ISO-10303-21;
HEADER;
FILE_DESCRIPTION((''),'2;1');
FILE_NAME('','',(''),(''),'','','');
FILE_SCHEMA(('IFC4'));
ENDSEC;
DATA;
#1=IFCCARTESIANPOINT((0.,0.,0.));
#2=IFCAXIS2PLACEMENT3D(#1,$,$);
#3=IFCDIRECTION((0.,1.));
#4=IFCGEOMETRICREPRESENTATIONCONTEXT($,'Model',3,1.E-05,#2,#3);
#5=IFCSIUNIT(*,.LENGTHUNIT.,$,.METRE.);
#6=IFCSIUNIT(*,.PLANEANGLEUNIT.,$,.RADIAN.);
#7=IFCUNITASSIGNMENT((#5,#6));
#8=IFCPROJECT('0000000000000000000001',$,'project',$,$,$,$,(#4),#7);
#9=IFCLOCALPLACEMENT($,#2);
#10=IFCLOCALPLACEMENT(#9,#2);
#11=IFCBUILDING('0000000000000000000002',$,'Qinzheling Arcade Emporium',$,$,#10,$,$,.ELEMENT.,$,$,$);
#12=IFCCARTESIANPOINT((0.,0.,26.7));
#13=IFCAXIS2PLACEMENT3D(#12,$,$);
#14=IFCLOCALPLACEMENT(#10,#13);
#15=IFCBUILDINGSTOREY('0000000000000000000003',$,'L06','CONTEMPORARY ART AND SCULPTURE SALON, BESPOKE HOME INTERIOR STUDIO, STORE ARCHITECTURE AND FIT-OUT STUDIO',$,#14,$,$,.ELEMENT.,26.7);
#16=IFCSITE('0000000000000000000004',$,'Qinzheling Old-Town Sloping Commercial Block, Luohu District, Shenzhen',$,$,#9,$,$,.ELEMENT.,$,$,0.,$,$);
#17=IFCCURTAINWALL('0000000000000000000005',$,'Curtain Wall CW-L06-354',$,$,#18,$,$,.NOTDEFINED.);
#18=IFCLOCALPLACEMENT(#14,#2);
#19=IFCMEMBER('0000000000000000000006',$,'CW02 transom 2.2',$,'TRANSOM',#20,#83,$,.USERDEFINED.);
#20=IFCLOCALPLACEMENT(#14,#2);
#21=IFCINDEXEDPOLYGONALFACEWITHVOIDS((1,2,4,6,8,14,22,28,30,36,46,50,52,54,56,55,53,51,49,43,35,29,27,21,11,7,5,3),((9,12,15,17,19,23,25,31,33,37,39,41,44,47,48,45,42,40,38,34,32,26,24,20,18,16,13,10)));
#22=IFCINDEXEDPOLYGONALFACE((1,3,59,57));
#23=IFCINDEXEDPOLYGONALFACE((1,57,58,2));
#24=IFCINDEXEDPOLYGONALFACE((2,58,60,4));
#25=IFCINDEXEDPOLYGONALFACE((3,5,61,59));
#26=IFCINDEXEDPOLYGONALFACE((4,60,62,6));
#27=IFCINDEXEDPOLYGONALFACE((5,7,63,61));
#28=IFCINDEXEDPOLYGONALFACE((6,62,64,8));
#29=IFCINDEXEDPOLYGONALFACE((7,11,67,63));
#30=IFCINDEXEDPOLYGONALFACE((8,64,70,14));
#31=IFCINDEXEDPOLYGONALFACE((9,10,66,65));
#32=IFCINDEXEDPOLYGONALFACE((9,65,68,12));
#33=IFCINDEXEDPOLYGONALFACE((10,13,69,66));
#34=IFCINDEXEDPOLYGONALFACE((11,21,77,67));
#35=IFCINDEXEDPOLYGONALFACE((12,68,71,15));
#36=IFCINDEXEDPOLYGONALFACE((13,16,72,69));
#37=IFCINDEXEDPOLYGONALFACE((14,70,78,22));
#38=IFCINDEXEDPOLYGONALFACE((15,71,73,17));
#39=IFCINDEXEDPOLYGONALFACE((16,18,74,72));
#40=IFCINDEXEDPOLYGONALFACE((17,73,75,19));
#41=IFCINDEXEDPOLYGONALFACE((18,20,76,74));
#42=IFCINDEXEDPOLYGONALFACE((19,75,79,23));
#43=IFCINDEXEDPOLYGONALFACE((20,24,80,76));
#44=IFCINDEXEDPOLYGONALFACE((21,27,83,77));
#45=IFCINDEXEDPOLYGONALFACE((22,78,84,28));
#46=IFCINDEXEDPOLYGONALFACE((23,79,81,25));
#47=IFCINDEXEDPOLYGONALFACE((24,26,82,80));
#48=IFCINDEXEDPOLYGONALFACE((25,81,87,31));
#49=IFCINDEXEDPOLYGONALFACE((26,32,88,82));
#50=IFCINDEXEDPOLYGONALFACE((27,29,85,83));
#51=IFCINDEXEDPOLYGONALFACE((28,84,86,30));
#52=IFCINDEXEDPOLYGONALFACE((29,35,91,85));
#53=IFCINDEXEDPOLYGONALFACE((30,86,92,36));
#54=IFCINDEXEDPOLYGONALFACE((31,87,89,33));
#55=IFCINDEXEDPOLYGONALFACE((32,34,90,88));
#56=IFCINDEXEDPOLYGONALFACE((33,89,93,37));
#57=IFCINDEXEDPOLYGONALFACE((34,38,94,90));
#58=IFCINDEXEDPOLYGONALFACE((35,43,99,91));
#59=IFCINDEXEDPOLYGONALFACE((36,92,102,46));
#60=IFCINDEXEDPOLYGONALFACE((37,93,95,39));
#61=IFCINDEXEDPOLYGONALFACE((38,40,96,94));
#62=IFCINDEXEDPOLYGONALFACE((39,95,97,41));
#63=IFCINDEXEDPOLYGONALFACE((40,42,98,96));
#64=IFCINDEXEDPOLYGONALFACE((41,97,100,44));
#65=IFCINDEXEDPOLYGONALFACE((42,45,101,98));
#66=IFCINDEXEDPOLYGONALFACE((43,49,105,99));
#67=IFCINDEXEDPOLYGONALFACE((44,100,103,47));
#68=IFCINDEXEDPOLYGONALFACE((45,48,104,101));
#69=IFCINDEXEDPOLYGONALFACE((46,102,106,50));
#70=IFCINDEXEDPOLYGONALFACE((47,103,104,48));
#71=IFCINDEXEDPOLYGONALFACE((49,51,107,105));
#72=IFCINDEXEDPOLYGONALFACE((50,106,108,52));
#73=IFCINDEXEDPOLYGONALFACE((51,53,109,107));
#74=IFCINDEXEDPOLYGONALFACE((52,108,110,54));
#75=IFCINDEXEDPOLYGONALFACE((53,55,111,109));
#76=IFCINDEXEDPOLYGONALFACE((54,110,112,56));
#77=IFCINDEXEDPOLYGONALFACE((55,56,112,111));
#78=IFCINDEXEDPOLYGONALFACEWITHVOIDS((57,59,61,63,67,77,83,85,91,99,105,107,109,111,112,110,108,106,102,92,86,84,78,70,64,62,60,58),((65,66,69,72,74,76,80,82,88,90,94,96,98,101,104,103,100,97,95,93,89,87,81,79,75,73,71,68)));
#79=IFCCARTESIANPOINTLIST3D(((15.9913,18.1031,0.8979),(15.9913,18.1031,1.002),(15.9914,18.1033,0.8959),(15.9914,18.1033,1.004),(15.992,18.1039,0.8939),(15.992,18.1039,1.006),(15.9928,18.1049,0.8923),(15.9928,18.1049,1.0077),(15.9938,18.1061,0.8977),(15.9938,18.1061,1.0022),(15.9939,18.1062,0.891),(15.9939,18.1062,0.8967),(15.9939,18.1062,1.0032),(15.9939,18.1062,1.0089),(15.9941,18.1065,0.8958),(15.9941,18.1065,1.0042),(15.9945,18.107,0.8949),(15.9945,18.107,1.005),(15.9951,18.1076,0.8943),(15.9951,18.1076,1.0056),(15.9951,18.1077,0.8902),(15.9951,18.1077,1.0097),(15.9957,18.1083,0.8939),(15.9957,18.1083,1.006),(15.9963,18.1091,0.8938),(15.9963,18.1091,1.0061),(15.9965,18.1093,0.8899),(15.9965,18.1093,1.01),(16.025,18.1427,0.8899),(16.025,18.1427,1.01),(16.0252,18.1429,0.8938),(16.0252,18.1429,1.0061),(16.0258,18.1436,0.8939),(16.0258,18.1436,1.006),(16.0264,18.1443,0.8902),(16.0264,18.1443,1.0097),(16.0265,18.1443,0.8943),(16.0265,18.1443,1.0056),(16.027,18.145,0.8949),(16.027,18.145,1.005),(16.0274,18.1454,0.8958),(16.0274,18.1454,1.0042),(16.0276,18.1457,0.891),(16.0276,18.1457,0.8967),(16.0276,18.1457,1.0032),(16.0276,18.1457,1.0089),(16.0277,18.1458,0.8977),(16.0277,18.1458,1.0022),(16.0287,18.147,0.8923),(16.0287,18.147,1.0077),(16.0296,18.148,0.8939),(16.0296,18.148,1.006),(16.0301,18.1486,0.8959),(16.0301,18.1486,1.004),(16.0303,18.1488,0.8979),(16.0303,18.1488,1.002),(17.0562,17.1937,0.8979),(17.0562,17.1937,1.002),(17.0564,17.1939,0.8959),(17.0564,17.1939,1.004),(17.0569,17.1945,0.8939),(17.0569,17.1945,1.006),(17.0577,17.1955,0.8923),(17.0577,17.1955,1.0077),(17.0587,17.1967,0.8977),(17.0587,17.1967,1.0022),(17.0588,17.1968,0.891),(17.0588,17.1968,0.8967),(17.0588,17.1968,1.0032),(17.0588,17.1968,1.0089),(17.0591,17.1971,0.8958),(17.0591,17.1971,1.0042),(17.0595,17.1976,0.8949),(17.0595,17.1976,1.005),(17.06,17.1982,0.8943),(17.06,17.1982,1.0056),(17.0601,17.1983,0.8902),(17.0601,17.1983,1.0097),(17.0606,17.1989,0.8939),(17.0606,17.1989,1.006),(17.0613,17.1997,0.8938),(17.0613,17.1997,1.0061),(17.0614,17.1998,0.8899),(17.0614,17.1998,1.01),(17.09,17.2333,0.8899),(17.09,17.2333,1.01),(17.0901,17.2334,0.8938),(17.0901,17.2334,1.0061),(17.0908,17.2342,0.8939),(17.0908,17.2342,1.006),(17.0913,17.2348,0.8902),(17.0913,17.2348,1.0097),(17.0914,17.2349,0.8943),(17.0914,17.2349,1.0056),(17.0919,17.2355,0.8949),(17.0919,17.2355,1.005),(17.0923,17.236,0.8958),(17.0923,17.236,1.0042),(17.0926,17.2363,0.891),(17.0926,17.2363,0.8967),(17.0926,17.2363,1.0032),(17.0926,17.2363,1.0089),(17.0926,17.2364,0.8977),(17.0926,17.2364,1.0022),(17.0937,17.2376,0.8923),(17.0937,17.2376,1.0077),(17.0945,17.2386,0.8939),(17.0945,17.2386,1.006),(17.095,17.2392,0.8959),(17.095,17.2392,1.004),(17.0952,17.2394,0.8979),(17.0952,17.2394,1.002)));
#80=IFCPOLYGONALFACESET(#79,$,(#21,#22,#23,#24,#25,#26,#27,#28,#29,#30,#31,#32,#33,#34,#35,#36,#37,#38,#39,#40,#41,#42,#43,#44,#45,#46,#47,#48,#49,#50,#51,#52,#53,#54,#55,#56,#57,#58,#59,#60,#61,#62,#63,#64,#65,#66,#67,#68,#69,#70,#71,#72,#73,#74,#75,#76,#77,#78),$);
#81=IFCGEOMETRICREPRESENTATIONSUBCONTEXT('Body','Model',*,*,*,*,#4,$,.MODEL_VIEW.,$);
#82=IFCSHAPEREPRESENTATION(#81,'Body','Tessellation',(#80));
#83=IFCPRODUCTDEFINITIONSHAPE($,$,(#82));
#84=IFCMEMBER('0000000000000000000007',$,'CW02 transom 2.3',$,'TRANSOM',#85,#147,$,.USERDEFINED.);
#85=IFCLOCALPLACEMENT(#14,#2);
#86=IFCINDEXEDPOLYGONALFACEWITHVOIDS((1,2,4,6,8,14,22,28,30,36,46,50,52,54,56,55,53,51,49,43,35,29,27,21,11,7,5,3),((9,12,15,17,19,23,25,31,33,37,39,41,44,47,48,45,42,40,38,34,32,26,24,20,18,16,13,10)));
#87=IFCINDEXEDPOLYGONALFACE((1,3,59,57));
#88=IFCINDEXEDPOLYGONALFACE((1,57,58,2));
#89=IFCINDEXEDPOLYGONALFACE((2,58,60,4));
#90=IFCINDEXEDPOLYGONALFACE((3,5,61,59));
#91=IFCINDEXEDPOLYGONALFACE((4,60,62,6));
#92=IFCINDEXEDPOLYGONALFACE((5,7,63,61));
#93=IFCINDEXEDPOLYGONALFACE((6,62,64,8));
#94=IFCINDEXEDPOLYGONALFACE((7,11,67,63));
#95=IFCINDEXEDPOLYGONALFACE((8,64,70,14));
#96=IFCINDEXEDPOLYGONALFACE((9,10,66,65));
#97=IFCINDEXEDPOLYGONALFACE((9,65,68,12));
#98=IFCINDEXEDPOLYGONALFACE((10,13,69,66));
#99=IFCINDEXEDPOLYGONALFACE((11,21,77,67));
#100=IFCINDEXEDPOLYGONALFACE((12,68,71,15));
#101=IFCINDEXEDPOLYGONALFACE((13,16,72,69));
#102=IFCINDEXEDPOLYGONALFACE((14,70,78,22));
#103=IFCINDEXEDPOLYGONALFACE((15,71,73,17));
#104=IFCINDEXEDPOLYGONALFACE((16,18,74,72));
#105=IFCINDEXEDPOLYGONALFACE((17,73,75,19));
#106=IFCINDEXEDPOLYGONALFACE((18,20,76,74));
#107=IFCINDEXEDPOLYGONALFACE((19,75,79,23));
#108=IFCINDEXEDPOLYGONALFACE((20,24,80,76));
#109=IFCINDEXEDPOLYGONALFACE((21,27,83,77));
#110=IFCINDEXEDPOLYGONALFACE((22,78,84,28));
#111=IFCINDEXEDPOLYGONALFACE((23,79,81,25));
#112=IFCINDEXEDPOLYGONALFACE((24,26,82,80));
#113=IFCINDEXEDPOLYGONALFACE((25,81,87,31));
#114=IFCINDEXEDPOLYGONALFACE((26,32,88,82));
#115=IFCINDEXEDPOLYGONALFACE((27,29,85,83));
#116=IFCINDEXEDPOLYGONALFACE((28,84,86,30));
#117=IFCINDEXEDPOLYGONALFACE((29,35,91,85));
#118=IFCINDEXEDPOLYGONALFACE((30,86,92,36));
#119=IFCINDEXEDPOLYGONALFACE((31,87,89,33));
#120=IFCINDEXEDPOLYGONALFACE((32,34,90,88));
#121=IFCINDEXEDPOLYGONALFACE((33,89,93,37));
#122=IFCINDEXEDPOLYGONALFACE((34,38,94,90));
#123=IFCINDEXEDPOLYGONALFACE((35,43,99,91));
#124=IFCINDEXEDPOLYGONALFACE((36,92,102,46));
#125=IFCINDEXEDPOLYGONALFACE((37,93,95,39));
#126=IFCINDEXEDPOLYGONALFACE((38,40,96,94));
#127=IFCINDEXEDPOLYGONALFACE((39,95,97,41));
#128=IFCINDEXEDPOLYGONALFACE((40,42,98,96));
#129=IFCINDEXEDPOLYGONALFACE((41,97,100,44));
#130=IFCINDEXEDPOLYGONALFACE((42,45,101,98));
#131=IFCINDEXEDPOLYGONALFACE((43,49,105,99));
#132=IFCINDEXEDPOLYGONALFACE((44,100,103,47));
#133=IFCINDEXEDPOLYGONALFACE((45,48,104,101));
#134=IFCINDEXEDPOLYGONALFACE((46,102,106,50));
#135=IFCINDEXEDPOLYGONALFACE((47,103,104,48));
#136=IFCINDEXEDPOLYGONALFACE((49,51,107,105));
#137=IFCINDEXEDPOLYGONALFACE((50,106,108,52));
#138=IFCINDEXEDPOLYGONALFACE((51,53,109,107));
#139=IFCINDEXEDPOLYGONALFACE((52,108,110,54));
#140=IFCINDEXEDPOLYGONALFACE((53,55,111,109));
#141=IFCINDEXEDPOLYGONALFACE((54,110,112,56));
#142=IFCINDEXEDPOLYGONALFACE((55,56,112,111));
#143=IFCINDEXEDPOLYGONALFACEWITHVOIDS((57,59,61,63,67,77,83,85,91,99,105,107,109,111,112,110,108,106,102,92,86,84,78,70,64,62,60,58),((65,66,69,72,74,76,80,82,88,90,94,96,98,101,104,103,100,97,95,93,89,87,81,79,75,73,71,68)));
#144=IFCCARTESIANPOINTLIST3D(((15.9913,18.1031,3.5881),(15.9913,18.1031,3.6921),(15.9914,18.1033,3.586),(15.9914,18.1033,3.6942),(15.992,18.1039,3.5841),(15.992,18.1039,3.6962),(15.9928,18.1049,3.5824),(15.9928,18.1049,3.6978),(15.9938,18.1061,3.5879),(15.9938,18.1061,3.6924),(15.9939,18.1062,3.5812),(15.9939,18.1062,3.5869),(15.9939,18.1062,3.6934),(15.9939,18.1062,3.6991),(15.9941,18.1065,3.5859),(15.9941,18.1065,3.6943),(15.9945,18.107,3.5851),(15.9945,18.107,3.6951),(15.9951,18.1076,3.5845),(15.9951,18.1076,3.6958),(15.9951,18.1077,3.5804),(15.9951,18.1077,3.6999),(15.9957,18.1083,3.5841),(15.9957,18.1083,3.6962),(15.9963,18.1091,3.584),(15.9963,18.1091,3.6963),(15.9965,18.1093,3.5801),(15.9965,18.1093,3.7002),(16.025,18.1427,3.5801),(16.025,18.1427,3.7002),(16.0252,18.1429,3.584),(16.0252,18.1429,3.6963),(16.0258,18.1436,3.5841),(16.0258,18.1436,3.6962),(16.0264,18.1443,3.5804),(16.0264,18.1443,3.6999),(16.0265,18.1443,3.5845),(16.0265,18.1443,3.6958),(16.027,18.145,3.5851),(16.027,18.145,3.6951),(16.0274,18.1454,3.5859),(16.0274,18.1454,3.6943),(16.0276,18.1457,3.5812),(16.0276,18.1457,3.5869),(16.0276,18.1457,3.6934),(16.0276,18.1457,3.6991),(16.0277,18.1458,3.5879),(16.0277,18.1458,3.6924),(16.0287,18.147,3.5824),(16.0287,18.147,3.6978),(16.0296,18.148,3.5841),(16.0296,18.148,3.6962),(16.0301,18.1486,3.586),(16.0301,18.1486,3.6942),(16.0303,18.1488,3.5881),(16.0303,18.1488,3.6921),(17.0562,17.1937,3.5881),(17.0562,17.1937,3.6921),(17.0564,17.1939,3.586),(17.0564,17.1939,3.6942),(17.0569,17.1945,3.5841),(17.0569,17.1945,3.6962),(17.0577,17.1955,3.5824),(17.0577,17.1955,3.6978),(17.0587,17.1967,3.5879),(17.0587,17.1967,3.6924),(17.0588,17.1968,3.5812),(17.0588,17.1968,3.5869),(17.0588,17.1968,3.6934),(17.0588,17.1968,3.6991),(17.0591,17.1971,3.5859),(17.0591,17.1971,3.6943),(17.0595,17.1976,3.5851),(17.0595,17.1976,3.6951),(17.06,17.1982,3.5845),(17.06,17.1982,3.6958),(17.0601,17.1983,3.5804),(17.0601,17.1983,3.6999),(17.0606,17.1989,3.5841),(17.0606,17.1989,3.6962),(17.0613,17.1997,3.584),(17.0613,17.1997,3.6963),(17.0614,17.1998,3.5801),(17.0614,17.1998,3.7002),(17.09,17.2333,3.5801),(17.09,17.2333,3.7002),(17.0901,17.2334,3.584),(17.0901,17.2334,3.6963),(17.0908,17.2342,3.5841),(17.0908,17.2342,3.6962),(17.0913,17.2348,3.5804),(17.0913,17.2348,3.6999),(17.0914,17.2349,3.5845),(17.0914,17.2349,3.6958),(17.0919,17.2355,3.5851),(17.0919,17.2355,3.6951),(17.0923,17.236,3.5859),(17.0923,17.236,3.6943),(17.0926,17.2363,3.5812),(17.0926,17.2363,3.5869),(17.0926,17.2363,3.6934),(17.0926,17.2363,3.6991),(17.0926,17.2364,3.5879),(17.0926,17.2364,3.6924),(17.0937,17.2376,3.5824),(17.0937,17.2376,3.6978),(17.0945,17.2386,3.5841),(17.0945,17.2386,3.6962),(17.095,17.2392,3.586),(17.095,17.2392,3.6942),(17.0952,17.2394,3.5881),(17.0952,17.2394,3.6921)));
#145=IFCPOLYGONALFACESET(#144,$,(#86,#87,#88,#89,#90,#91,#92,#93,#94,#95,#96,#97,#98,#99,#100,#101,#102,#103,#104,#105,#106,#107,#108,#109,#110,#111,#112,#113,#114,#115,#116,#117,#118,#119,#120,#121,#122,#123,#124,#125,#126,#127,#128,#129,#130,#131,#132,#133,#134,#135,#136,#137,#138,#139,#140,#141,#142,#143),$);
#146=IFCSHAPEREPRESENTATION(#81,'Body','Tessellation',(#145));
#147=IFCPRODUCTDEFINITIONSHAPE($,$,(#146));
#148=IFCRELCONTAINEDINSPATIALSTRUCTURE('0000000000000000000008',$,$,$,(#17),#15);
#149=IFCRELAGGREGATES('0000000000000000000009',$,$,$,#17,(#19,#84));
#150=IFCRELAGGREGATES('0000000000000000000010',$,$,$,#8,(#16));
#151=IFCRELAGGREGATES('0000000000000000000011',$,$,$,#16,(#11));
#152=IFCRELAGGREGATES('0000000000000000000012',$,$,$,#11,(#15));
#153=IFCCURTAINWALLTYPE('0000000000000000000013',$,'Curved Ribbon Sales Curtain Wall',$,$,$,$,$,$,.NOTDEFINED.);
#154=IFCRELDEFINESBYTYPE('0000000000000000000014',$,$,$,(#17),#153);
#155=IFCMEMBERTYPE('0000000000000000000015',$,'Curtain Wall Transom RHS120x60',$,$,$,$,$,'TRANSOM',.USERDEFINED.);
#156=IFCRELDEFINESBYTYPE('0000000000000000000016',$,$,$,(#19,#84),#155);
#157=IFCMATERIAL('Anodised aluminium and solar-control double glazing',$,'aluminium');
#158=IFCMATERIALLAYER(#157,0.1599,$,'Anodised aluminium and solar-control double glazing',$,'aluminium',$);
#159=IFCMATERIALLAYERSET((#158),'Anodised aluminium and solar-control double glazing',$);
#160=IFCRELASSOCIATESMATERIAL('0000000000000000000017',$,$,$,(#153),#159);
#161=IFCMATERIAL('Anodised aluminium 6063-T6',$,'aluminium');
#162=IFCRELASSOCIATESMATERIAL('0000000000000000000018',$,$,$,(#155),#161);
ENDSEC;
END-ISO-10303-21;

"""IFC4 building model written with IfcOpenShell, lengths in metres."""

from ifc_helpers import new_model, si_unit, direction, frame, origin, origin_2d, place, context, subcontext, project, spatial, hollow_rectangle, extrude, material, layer, layer_set, material_profile, profile_set, type_object, element, aggregate, save


model = new_model("IFC4")

# Units and contexts
model_context = context("Model", 3, precision=1e-05, world=origin(), true_north=direction((0.0, 1.0)))
body_context = subcontext(model_context, "Body", "Model", "MODEL_VIEW")
ifc_project = project(units=[si_unit("LENGTHUNIT", "METRE"), si_unit("PLANEANGLEUNIT", "RADIAN")], contexts=[model_context])

# Site, building, storey
site_placement = place(None, origin())
site = spatial("IfcSite", under=ifc_project, at=site_placement, Name="Qinzheling Old-Town Sloping Commercial Block, Luohu District, Shenzhen", CompositionType="ELEMENT", RefElevation=0.0)
building_placement = place(site_placement, origin())
building = spatial("IfcBuilding", under=site, at=building_placement, Name="Qinzheling Arcade Emporium", CompositionType="ELEMENT")
storey_placement = place(building_placement, frame((0.0, 0.0, 26.7)))
storey = spatial("IfcBuildingStorey", under=building, at=storey_placement, Name="L06", Description="CONTEMPORARY ART AND SCULPTURE SALON, BESPOKE HOME INTERIOR STUDIO, STORE ARCHITECTURE AND FIT-OUT STUDIO", CompositionType="ELEMENT", Elevation=26.7)

# Curtain wall
ifc_material_1 = material(Name="Anodised aluminium and solar-control double glazing", Category="aluminium")
ifc_layer_1 = layer(ifc_material_1, 0.1599, Name="Anodised aluminium and solar-control double glazing", Category="aluminium")
ifc_layer_set_1 = layer_set([ifc_layer_1], Name="Anodised aluminium and solar-control double glazing")
curtain_wall_type = type_object("IfcCurtainWallType", Name="Curved Ribbon Sales Curtain Wall", PredefinedType="NOTDEFINED", material=ifc_layer_set_1)
curtain_wall_1_placement = place(storey_placement, origin())
curtain_wall_1 = element("IfcCurtainWall", 1, at=curtain_wall_1_placement, inside=storey, type_object=curtain_wall_type, Name="Curtain Wall CW-L06-354", PredefinedType="NOTDEFINED")
ifc_material_2 = material(Name="Anodised aluminium 6063-T6", Category="aluminium")

# Members
ifc_material_profile_1 = material_profile(ifc_material_2, hollow_rectangle(XDim=0.0601, YDim=0.1201, WallThickness=0.0039, InnerFilletRadius=0.0039, OuterFilletRadius=0.0081, at=origin_2d()), Name="RHS 120x60x4", Category="aluminium")
ifc_profile_set_1 = profile_set([ifc_material_profile_1], Name="Anodised aluminium 6063-T6")
member_type_1 = type_object("IfcMemberType", Name="Curtain Wall Transom RHS120x60", ElementType="TRANSOM", PredefinedType="USERDEFINED", material=ifc_profile_set_1)
member_1_placement = place(storey_placement, frame((17.0757, 17.2166, 0.95), z_axis=(-0.760449, 0.649398, 0.0), x_axis=(-0.649398, -0.760449, 0.0)))
member_1 = element("IfcMember", 2, at=member_1_placement, type_object=member_type_1, Name="CW02 transom 2.2", ObjectType="TRANSOM", PredefinedType="USERDEFINED", context=body_context, shape_type="SweptSolid", body=[
    extrude(hollow_rectangle(XDim=0.0601, YDim=0.1201, WallThickness=0.0039, InnerFilletRadius=0.0039, OuterFilletRadius=0.0081, at=origin_2d()), origin(), (0.0, 0.0, 1.0), 1.4004),
])
member_2_placement = place(storey_placement, frame((17.0757, 17.2166, 3.6401), z_axis=(-0.760449, 0.649398, 0.0), x_axis=(-0.649398, -0.760449, 0.0)))
member_2 = element("IfcMember", 3, at=member_2_placement, type_object=member_type_1, Name="CW02 transom 2.3", ObjectType="TRANSOM", PredefinedType="USERDEFINED", context=body_context, shape_type="SweptSolid", body=[
    extrude(hollow_rectangle(XDim=0.0601, YDim=0.1201, WallThickness=0.0039, InnerFilletRadius=0.0039, OuterFilletRadius=0.0081, at=origin_2d()), origin(), (0.0, 0.0, 1.0), 1.4004),
])

aggregate(curtain_wall_1, [member_1, member_2])

save(model, "model.ifc")
